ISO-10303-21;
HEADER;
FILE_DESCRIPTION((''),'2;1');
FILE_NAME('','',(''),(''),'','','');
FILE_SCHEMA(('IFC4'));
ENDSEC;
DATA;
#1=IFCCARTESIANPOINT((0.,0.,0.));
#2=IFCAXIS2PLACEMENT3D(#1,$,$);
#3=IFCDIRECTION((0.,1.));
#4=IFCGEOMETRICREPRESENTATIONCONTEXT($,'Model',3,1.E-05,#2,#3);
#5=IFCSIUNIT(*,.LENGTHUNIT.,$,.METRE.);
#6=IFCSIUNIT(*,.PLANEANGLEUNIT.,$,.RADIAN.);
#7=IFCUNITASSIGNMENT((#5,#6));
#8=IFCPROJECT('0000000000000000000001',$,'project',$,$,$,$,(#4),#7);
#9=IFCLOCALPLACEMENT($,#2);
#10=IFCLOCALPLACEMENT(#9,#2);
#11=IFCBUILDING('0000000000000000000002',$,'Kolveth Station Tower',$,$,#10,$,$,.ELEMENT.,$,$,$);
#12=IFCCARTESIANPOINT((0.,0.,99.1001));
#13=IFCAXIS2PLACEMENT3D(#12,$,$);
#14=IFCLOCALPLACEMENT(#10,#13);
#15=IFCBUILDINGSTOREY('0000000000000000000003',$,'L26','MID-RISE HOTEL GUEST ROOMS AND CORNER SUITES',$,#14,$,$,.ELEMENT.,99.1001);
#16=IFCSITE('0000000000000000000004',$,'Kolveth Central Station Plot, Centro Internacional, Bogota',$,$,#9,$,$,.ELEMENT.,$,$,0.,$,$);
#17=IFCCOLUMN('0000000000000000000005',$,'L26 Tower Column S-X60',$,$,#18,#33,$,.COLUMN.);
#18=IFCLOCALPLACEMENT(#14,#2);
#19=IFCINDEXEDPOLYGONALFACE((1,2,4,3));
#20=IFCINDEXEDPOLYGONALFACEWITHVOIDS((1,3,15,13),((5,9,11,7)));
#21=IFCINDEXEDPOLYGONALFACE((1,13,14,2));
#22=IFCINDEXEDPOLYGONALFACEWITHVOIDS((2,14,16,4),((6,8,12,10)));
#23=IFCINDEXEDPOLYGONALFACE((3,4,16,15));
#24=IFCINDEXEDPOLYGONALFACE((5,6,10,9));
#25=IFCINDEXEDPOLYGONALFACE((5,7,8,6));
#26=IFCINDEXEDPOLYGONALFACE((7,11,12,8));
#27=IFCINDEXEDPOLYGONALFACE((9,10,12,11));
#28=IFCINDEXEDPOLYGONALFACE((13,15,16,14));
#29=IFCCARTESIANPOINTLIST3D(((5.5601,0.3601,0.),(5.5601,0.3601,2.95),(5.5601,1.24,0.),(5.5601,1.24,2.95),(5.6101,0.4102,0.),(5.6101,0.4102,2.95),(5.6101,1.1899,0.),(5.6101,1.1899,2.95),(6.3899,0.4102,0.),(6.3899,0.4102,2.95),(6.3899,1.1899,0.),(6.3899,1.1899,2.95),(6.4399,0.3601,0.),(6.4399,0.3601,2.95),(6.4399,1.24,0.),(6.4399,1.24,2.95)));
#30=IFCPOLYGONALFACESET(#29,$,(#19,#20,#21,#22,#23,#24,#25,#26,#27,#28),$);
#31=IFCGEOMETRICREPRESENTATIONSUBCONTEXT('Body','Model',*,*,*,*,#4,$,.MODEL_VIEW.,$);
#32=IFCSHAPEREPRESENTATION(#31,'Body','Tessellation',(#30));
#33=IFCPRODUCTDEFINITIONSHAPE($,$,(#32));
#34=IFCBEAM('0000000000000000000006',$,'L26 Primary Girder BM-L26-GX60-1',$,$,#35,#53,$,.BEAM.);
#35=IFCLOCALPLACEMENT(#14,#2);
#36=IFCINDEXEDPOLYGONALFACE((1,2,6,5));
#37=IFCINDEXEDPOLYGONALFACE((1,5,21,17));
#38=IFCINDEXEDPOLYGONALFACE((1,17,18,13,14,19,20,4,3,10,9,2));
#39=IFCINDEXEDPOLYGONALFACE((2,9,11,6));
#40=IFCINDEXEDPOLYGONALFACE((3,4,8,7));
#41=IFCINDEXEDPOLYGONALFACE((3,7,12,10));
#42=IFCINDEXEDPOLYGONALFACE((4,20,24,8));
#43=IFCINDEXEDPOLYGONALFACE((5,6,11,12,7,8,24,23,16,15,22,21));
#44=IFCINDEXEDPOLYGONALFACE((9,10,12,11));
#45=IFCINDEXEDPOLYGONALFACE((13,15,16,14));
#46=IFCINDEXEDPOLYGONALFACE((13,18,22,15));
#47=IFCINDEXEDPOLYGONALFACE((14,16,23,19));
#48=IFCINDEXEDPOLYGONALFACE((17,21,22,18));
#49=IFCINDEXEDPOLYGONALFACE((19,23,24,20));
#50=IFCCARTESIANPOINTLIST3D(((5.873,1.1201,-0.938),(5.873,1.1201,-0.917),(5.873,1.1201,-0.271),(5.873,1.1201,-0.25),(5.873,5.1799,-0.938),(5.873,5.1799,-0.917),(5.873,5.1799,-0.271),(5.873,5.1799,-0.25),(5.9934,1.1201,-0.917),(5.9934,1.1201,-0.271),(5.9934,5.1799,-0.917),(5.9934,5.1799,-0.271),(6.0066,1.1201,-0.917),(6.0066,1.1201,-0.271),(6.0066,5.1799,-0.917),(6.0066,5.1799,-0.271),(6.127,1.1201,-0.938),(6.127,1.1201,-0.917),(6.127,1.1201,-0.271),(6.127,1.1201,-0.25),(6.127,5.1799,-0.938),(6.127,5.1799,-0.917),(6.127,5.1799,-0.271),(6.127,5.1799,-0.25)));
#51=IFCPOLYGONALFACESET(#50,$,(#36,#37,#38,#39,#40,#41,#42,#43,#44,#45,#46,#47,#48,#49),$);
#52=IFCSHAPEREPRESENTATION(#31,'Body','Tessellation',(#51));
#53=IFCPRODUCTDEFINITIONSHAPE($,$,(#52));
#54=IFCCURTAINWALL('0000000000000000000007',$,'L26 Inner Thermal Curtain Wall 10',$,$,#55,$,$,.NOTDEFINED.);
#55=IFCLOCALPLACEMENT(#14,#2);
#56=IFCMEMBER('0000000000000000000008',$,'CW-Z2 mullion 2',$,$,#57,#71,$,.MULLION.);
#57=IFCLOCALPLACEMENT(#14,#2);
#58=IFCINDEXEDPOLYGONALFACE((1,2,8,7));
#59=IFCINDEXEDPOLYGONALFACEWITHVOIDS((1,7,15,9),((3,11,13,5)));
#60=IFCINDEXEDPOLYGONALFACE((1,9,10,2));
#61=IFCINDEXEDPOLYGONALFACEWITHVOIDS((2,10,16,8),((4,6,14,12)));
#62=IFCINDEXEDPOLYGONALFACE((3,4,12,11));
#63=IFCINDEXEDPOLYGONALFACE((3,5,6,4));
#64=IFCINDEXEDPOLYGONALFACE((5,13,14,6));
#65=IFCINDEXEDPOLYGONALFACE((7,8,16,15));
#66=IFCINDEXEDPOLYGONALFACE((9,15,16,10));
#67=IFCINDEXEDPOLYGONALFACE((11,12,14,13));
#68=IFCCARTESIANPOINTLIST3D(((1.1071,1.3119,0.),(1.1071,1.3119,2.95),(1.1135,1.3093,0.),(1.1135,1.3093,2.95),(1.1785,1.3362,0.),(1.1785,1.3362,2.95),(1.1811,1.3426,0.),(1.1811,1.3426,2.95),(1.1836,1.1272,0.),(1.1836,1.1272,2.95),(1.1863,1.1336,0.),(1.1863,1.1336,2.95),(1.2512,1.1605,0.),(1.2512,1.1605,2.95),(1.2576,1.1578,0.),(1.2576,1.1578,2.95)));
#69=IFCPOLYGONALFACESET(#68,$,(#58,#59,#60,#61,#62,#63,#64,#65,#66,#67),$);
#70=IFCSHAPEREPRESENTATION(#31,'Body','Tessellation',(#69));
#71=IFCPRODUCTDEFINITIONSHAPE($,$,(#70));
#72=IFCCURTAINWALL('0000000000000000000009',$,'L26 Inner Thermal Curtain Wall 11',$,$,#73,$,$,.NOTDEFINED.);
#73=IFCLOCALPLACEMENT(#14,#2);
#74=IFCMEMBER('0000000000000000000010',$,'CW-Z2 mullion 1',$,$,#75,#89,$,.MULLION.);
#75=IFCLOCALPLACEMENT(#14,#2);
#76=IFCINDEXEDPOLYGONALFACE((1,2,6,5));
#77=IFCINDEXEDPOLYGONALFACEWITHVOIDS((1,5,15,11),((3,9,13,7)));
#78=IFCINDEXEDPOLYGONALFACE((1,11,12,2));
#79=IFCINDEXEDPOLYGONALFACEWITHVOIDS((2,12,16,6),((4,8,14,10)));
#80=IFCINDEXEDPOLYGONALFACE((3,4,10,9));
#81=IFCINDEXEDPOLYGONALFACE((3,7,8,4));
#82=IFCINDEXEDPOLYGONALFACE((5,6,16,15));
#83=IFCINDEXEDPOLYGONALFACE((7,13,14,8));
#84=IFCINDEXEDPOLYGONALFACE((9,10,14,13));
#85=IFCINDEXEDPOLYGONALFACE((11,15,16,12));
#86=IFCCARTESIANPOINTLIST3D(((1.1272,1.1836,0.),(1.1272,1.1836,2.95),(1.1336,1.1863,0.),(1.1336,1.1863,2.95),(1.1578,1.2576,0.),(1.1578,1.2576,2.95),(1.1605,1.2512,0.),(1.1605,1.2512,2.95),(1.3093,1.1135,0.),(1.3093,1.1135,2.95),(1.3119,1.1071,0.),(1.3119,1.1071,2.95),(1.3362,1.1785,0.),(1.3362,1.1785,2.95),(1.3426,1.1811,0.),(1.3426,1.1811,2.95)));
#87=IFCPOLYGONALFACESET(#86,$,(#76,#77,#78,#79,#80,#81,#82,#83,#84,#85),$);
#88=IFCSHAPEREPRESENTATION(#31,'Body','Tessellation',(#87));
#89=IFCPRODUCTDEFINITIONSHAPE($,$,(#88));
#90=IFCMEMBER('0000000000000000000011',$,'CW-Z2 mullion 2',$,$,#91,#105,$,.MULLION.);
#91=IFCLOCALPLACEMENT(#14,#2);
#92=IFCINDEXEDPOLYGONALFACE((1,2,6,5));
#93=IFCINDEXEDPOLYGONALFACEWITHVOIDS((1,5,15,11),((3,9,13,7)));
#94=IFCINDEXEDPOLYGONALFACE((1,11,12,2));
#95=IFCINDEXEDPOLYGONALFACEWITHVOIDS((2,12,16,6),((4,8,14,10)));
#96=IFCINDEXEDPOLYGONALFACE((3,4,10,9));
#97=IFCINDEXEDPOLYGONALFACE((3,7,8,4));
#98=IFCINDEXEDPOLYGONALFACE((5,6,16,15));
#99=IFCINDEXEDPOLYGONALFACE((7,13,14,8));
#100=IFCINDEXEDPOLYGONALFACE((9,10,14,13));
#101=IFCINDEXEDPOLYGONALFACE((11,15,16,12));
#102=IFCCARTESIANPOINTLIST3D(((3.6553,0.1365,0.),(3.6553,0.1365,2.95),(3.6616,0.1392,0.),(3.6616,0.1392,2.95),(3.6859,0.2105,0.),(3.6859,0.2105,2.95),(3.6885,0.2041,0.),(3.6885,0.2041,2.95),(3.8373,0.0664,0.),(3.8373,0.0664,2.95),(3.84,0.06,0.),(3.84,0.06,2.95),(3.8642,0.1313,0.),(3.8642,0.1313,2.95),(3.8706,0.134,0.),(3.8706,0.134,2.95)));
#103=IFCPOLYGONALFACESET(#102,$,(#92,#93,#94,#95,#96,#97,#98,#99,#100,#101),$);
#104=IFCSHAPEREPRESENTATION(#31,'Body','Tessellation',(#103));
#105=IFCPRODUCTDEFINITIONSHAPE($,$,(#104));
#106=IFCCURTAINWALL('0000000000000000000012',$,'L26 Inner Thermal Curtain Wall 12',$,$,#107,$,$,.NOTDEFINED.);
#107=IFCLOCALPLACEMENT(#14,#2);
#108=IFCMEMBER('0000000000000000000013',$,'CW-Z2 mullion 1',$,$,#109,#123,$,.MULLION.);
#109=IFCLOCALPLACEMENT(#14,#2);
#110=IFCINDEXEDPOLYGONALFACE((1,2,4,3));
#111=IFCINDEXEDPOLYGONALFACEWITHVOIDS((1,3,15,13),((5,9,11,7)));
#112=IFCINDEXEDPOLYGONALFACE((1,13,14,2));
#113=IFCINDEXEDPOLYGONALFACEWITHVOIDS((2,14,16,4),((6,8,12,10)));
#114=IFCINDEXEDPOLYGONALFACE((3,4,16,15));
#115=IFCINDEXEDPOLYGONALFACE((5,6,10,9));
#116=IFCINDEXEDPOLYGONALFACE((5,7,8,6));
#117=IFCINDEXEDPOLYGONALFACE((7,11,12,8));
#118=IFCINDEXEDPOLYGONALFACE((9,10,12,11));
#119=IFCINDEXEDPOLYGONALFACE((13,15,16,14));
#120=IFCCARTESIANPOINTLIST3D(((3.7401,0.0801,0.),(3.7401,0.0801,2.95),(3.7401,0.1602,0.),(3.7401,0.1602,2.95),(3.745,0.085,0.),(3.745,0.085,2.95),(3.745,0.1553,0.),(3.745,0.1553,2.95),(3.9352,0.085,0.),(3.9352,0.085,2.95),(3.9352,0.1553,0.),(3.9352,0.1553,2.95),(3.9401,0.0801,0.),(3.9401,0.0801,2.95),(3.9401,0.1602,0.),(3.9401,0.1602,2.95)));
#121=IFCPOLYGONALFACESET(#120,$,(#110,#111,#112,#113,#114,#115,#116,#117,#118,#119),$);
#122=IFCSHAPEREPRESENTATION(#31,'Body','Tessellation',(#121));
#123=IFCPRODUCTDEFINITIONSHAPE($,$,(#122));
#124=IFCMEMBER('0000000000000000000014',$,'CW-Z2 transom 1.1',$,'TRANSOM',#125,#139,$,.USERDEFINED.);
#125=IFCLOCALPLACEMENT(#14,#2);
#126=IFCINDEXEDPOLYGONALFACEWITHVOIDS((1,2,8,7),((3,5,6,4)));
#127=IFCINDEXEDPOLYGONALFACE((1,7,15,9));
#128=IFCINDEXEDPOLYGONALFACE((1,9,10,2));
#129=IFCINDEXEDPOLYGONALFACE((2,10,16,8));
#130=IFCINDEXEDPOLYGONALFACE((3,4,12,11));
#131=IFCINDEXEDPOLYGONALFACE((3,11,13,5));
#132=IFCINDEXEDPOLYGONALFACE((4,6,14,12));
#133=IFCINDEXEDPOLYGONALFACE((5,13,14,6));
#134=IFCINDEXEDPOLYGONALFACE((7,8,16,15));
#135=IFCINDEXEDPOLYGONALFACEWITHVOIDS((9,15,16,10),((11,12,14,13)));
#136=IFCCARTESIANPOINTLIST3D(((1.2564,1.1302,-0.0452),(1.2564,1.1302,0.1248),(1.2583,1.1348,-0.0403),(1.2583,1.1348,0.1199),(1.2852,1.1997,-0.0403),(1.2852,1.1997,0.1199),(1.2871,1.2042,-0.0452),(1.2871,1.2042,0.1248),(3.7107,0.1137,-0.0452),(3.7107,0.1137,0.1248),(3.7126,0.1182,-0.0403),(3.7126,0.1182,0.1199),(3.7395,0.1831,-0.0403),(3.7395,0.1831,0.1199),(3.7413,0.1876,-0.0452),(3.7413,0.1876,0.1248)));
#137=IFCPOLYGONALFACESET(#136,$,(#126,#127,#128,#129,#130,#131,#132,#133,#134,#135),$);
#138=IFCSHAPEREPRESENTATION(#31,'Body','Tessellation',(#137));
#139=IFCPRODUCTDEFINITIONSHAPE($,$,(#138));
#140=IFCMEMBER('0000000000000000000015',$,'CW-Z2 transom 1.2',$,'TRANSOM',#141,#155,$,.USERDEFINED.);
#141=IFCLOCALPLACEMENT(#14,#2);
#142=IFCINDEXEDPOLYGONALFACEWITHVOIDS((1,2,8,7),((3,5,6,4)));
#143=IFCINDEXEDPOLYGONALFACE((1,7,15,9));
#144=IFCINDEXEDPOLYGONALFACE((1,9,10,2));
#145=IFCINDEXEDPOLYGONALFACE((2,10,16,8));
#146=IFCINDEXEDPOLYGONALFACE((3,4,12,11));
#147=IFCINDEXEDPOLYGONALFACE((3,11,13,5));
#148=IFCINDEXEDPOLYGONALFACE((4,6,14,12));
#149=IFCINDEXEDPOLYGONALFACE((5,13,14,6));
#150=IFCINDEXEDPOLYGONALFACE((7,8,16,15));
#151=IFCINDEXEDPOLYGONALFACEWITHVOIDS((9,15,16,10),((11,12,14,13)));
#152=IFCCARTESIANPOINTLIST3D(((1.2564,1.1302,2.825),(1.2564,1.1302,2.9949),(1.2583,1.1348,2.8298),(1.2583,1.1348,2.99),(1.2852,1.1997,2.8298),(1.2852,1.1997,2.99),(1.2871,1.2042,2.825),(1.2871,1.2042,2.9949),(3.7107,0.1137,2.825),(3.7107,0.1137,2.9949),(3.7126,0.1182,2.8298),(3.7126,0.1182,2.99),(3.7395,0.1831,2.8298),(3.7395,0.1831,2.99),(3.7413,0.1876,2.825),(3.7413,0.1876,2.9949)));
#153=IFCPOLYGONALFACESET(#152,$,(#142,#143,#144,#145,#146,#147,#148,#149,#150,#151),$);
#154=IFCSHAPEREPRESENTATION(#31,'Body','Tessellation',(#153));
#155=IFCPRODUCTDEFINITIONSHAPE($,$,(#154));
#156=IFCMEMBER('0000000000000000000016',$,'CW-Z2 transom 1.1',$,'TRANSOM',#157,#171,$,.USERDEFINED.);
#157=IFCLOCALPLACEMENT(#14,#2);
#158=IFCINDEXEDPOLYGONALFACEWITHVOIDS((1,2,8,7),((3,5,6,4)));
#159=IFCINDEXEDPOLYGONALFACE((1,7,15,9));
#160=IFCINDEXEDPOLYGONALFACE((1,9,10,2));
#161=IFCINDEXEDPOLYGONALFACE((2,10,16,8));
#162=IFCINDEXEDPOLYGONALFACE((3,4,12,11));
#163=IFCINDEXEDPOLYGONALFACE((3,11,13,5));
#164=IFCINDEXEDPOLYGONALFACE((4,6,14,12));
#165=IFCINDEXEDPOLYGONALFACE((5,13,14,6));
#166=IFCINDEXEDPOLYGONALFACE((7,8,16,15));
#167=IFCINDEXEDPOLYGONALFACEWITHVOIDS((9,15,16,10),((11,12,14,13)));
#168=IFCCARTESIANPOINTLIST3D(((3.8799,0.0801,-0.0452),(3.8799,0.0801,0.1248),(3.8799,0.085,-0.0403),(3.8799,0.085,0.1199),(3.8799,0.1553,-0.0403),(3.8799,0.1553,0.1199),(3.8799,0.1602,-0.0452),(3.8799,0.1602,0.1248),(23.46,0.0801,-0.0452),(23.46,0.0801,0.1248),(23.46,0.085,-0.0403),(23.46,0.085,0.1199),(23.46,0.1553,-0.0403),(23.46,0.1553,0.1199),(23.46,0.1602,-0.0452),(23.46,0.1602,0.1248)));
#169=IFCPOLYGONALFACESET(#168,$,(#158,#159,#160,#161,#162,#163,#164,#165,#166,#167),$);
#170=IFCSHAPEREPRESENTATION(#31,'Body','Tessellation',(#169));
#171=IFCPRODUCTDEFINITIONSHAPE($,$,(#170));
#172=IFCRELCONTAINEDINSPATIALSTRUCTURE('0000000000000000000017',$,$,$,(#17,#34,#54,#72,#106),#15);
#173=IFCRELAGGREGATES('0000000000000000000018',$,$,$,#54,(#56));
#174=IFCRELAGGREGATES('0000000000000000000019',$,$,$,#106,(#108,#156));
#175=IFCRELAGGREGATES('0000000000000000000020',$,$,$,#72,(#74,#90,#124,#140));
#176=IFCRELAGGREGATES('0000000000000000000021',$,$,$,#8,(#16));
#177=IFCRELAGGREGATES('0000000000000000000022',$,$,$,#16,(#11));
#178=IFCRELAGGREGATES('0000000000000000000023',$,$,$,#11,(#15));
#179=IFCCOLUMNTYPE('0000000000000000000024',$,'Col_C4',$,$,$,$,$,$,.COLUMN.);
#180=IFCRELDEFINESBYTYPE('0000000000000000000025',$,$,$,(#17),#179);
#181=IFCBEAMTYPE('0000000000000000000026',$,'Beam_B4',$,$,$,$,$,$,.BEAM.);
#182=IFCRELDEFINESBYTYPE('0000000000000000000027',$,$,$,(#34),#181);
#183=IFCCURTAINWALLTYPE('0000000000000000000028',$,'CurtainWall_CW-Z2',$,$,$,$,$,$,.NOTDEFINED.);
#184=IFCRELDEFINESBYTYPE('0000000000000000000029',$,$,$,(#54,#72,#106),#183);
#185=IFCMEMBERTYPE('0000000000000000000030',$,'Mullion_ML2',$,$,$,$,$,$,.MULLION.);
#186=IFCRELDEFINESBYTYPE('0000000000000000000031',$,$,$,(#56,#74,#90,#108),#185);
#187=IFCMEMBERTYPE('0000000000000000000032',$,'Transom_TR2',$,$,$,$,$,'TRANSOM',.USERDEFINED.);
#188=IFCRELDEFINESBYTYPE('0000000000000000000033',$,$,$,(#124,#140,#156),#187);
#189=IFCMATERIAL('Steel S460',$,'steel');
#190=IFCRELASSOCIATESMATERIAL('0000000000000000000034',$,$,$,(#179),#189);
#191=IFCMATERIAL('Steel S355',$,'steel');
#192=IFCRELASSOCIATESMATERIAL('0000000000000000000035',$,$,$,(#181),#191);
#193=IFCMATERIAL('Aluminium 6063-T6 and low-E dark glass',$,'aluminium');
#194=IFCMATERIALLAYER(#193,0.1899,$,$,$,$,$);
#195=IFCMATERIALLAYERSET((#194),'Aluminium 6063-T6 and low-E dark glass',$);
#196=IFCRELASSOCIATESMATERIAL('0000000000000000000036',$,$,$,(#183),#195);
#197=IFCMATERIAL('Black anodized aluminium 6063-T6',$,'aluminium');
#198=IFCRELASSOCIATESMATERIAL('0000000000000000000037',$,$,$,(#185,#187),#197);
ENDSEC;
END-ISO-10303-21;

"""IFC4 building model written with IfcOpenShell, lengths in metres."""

from ifc_helpers import new_model, si_unit, direction, frame, origin, origin_2d, place, context, subcontext, project, spatial, hollow_rectangle, i_section, extrude, source, transform, mapped, material, layer, layer_set, material_profile, profile_set, type_object, element, aggregate, save


model = new_model("IFC4")

# Units and contexts
model_context = context("Model", 3, precision=1e-05, world=origin(), true_north=direction((0.0, 1.0)))
body_context = subcontext(model_context, "Body", "Model", "MODEL_VIEW")
ifc_project = project(units=[si_unit("LENGTHUNIT", "METRE"), si_unit("PLANEANGLEUNIT", "RADIAN")], contexts=[model_context])

# Site, building, storey
site_placement = place(None, origin())
site = spatial("IfcSite", under=ifc_project, at=site_placement, Name="Kolveth Central Station Plot, Centro Internacional, Bogota", CompositionType="ELEMENT", RefElevation=0.0)
building_placement = place(site_placement, origin())
building = spatial("IfcBuilding", under=site, at=building_placement, Name="Kolveth Station Tower", CompositionType="ELEMENT")
storey_placement = place(building_placement, frame((0.0, 0.0, 99.1001)))
storey = spatial("IfcBuildingStorey", under=building, at=storey_placement, Name="L26", Description="MID-RISE HOTEL GUEST ROOMS AND CORNER SUITES", CompositionType="ELEMENT", Elevation=99.1001)

# Column
ifc_material_1 = material(Name="Steel S460", Category="steel")
ifc_material_profile_1 = material_profile(ifc_material_1, hollow_rectangle(XDim=0.8799, YDim=0.8799, WallThickness=0.05, at=origin_2d()), Name="BOX880x880x50")
ifc_profile_set_1 = profile_set([ifc_material_profile_1], Name="Steel S460")
column_type = type_object("IfcColumnType", Name="Col_C4", PredefinedType="COLUMN", material=ifc_profile_set_1)
shared_shape_1 = source(origin(), body_context, "Body", "SweptSolid", [
    extrude(hollow_rectangle(XDim=0.8799, YDim=0.8799, WallThickness=0.05, at=origin_2d()), origin(), (0.0, 0.0, 1.0), 2.95),
])
column_placement = place(storey_placement, frame((6.0, 0.8, 0.0), z_axis=(0.0, 0.0, 1.0), x_axis=(1.0, 0.0, 0.0)))
element("IfcColumn", 1, at=column_placement, inside=storey, type_object=column_type, Name="L26 Tower Column S-X60", PredefinedType="COLUMN", context=body_context, shape_type="MappedRepresentation", body=[
    mapped(shared_shape_1, transform((0.0, 0.0, 0.0), x_axis=(1.0, 0.0, 0.0), y_axis=(0.0, 1.0, 0.0), z_axis=(0.0, 0.0, 1.0), scale=1.0)),
])

# Beam
ifc_material_2 = material(Name="Steel S355", Category="steel")
ifc_material_profile_2 = material_profile(ifc_material_2, i_section(OverallWidth=0.2539, OverallDepth=0.688, WebThickness=0.0132, FlangeThickness=0.021, at=origin_2d()), Name="W690x152")
ifc_profile_set_2 = profile_set([ifc_material_profile_2], Name="Steel S355")
beam_type = type_object("IfcBeamType", Name="Beam_B4", PredefinedType="BEAM", material=ifc_profile_set_2)
shared_shape_2 = source(origin(), body_context, "Body", "SweptSolid", [
    extrude(i_section(OverallWidth=0.2539, OverallDepth=0.688, WebThickness=0.0132, FlangeThickness=0.021, at=origin_2d()), origin(), (0.0, 0.0, 1.0), 4.0598),
])
beam_placement = place(storey_placement, frame((6.0, 1.1201, -0.594), z_axis=(0.0, 1.0, 0.0), x_axis=(-1.0, 0.0, 0.0)))
element("IfcBeam", 2, at=beam_placement, inside=storey, type_object=beam_type, Name="L26 Primary Girder BM-L26-GX60-1", PredefinedType="BEAM", context=body_context, shape_type="MappedRepresentation", body=[
    mapped(shared_shape_2, transform((0.0, 0.0, 0.0), x_axis=(1.0, 0.0, 0.0), y_axis=(0.0, 1.0, 0.0), z_axis=(0.0, 0.0, 1.0), scale=1.0)),
])

# Curtain wall, member
ifc_material_3 = material(Name="Aluminium 6063-T6 and low-E dark glass", Category="aluminium")
ifc_layer_1 = layer(ifc_material_3, 0.1899)
ifc_layer_set_1 = layer_set([ifc_layer_1], Name="Aluminium 6063-T6 and low-E dark glass")
curtain_wall_type_1 = type_object("IfcCurtainWallType", Name="CurtainWall_CW-Z2", PredefinedType="NOTDEFINED", material=ifc_layer_set_1)
curtain_wall_1_placement = place(storey_placement, origin())
curtain_wall_1 = element("IfcCurtainWall", 3, at=curtain_wall_1_placement, inside=storey, type_object=curtain_wall_type_1, Name="L26 Inner Thermal Curtain Wall 10", PredefinedType="NOTDEFINED")
ifc_material_4 = material(Name="Black anodized aluminium 6063-T6", Category="aluminium")
ifc_material_profile_3 = material_profile(ifc_material_4, hollow_rectangle(XDim=0.0801, YDim=0.2, WallThickness=0.0049, at=origin_2d()), Name="ALU-80x200x5")
ifc_profile_set_3 = profile_set([ifc_material_profile_3], Name="Black anodized aluminium 6063-T6")
member_type_1 = type_object("IfcMemberType", Name="Mullion_ML2", PredefinedType="MULLION", material=ifc_profile_set_3)
shared_shape_3 = source(origin(), body_context, "Body", "SweptSolid", [
    extrude(hollow_rectangle(XDim=0.0801, YDim=0.2, WallThickness=0.0049, at=origin_2d()), origin(), (0.0, 0.0, 1.0), 2.95),
])
member_1_placement = place(storey_placement, frame((1.1824, 1.2349, 0.0), z_axis=(0.0, 0.0, 1.0), x_axis=(0.923888, 0.382663, 0.0)))
member_1 = element("IfcMember", 4, at=member_1_placement, type_object=member_type_1, Name="CW-Z2 mullion 2", PredefinedType="MULLION", context=body_context, shape_type="MappedRepresentation", body=[
    mapped(shared_shape_3, transform((0.0, 0.0, 0.0), x_axis=(1.0, 0.0, 0.0), y_axis=(0.0, 1.0, 0.0), z_axis=(0.0, 0.0, 1.0), scale=1.0)),
])
aggregate(curtain_wall_1, [member_1])

# Curtain wall, members
curtain_wall_2_placement = place(storey_placement, origin())
curtain_wall_2 = element("IfcCurtainWall", 5, at=curtain_wall_2_placement, inside=storey, type_object=curtain_wall_type_1, Name="L26 Inner Thermal Curtain Wall 11", PredefinedType="NOTDEFINED")
member_2_placement = place(storey_placement, frame((1.2349, 1.1824, 0.0), z_axis=(0.0, 0.0, 1.0), x_axis=(0.382663, 0.923888, 0.0)))
member_2 = element("IfcMember", 6, at=member_2_placement, type_object=member_type_1, Name="CW-Z2 mullion 1", PredefinedType="MULLION", context=body_context, shape_type="MappedRepresentation", body=[
    mapped(shared_shape_3, transform((0.0, 0.0, 0.0), x_axis=(1.0, 0.0, 0.0), y_axis=(0.0, 1.0, 0.0), z_axis=(0.0, 0.0, 1.0), scale=1.0)),
])
member_3_placement = place(storey_placement, frame((3.7629, 0.1353, 0.0), z_axis=(0.0, 0.0, 1.0), x_axis=(0.382663, 0.923888, 0.0)))
member_3 = element("IfcMember", 7, at=member_3_placement, type_object=member_type_1, Name="CW-Z2 mullion 2", PredefinedType="MULLION", context=body_context, shape_type="MappedRepresentation", body=[
    mapped(shared_shape_3, transform((0.0, 0.0, 0.0), x_axis=(1.0, 0.0, 0.0), y_axis=(0.0, 1.0, 0.0), z_axis=(0.0, 0.0, 1.0), scale=1.0)),
])

# Curtain wall, member
curtain_wall_3_placement = place(storey_placement, origin())
curtain_wall_3 = element("IfcCurtainWall", 8, at=curtain_wall_3_placement, inside=storey, type_object=curtain_wall_type_1, Name="L26 Inner Thermal Curtain Wall 12", PredefinedType="NOTDEFINED")
member_4_placement = place(storey_placement, frame((3.8401, 0.1201, 0.0), z_axis=(0.0, 0.0, 1.0), x_axis=(0.0, 1.0, 0.0)))
member_4 = element("IfcMember", 9, at=member_4_placement, type_object=member_type_1, Name="CW-Z2 mullion 1", PredefinedType="MULLION", context=body_context, shape_type="MappedRepresentation", body=[
    mapped(shared_shape_3, transform((0.0, 0.0, 0.0), x_axis=(1.0, 0.0, 0.0), y_axis=(0.0, 1.0, 0.0), z_axis=(0.0, 0.0, 1.0), scale=1.0)),
])

# Members
ifc_material_profile_4 = material_profile(ifc_material_4, hollow_rectangle(XDim=0.0801, YDim=0.1699, WallThickness=0.0049, at=origin_2d()), Name="ALU-80x170x5")
ifc_profile_set_4 = profile_set([ifc_material_profile_4], Name="Black anodized aluminium 6063-T6")
member_type_2 = type_object("IfcMemberType", Name="Transom_TR2", ElementType="TRANSOM", PredefinedType="USERDEFINED", material=ifc_profile_set_4)
shared_shape_4 = source(origin(), body_context, "Body", "SweptSolid", [
    extrude(hollow_rectangle(XDim=0.0801, YDim=0.1699, WallThickness=0.0049, at=origin_2d()), origin(), (0.0, 0.0, 1.0), 2.6565),
])
member_5_placement = place(storey_placement, frame((1.2717, 1.1672, 0.0398), z_axis=(0.923882, -0.382676, 0.0), x_axis=(0.382676, 0.923882, 0.0)))
member_5 = element("IfcMember", 10, at=member_5_placement, type_object=member_type_2, Name="CW-Z2 transom 1.1", ObjectType="TRANSOM", PredefinedType="USERDEFINED", context=body_context, shape_type="MappedRepresentation", body=[
    mapped(shared_shape_4, transform((0.0, 0.0, 0.0), x_axis=(1.0, 0.0, 0.0), y_axis=(0.0, 1.0, 0.0), z_axis=(0.0, 0.0, 1.0), scale=1.0)),
])
member_6_placement = place(storey_placement, frame((1.2717, 1.1672, 2.9099), z_axis=(0.923882, -0.382676, 0.0), x_axis=(0.382676, 0.923882, 0.0)))
member_6 = element("IfcMember", 11, at=member_6_placement, type_object=member_type_2, Name="CW-Z2 transom 1.2", ObjectType="TRANSOM", PredefinedType="USERDEFINED", context=body_context, shape_type="MappedRepresentation", body=[
    mapped(shared_shape_4, transform((0.0, 0.0, 0.0), x_axis=(1.0, 0.0, 0.0), y_axis=(0.0, 1.0, 0.0), z_axis=(0.0, 0.0, 1.0), scale=1.0)),
])
shared_shape_5 = source(origin(), body_context, "Body", "SweptSolid", [
    extrude(hollow_rectangle(XDim=0.0801, YDim=0.1699, WallThickness=0.0049, at=origin_2d()), origin(), (0.0, 0.0, 1.0), 19.5801),
])
member_7_placement = place(storey_placement, frame((3.8799, 0.1201, 0.0398), z_axis=(1.0, 0.0, 0.0), x_axis=(0.0, 1.0, 0.0)))
member_7 = element("IfcMember", 12, at=member_7_placement, type_object=member_type_2, Name="CW-Z2 transom 1.1", ObjectType="TRANSOM", PredefinedType="USERDEFINED", context=body_context, shape_type="MappedRepresentation", body=[
    mapped(shared_shape_5, transform((0.0, 0.0, 0.0), x_axis=(1.0, 0.0, 0.0), y_axis=(0.0, 1.0, 0.0), z_axis=(0.0, 0.0, 1.0), scale=1.0)),
])
aggregate(curtain_wall_3, [member_4, member_7])

aggregate(curtain_wall_2, [member_2, member_3, member_5, member_6])

save(model, "model.ifc")
